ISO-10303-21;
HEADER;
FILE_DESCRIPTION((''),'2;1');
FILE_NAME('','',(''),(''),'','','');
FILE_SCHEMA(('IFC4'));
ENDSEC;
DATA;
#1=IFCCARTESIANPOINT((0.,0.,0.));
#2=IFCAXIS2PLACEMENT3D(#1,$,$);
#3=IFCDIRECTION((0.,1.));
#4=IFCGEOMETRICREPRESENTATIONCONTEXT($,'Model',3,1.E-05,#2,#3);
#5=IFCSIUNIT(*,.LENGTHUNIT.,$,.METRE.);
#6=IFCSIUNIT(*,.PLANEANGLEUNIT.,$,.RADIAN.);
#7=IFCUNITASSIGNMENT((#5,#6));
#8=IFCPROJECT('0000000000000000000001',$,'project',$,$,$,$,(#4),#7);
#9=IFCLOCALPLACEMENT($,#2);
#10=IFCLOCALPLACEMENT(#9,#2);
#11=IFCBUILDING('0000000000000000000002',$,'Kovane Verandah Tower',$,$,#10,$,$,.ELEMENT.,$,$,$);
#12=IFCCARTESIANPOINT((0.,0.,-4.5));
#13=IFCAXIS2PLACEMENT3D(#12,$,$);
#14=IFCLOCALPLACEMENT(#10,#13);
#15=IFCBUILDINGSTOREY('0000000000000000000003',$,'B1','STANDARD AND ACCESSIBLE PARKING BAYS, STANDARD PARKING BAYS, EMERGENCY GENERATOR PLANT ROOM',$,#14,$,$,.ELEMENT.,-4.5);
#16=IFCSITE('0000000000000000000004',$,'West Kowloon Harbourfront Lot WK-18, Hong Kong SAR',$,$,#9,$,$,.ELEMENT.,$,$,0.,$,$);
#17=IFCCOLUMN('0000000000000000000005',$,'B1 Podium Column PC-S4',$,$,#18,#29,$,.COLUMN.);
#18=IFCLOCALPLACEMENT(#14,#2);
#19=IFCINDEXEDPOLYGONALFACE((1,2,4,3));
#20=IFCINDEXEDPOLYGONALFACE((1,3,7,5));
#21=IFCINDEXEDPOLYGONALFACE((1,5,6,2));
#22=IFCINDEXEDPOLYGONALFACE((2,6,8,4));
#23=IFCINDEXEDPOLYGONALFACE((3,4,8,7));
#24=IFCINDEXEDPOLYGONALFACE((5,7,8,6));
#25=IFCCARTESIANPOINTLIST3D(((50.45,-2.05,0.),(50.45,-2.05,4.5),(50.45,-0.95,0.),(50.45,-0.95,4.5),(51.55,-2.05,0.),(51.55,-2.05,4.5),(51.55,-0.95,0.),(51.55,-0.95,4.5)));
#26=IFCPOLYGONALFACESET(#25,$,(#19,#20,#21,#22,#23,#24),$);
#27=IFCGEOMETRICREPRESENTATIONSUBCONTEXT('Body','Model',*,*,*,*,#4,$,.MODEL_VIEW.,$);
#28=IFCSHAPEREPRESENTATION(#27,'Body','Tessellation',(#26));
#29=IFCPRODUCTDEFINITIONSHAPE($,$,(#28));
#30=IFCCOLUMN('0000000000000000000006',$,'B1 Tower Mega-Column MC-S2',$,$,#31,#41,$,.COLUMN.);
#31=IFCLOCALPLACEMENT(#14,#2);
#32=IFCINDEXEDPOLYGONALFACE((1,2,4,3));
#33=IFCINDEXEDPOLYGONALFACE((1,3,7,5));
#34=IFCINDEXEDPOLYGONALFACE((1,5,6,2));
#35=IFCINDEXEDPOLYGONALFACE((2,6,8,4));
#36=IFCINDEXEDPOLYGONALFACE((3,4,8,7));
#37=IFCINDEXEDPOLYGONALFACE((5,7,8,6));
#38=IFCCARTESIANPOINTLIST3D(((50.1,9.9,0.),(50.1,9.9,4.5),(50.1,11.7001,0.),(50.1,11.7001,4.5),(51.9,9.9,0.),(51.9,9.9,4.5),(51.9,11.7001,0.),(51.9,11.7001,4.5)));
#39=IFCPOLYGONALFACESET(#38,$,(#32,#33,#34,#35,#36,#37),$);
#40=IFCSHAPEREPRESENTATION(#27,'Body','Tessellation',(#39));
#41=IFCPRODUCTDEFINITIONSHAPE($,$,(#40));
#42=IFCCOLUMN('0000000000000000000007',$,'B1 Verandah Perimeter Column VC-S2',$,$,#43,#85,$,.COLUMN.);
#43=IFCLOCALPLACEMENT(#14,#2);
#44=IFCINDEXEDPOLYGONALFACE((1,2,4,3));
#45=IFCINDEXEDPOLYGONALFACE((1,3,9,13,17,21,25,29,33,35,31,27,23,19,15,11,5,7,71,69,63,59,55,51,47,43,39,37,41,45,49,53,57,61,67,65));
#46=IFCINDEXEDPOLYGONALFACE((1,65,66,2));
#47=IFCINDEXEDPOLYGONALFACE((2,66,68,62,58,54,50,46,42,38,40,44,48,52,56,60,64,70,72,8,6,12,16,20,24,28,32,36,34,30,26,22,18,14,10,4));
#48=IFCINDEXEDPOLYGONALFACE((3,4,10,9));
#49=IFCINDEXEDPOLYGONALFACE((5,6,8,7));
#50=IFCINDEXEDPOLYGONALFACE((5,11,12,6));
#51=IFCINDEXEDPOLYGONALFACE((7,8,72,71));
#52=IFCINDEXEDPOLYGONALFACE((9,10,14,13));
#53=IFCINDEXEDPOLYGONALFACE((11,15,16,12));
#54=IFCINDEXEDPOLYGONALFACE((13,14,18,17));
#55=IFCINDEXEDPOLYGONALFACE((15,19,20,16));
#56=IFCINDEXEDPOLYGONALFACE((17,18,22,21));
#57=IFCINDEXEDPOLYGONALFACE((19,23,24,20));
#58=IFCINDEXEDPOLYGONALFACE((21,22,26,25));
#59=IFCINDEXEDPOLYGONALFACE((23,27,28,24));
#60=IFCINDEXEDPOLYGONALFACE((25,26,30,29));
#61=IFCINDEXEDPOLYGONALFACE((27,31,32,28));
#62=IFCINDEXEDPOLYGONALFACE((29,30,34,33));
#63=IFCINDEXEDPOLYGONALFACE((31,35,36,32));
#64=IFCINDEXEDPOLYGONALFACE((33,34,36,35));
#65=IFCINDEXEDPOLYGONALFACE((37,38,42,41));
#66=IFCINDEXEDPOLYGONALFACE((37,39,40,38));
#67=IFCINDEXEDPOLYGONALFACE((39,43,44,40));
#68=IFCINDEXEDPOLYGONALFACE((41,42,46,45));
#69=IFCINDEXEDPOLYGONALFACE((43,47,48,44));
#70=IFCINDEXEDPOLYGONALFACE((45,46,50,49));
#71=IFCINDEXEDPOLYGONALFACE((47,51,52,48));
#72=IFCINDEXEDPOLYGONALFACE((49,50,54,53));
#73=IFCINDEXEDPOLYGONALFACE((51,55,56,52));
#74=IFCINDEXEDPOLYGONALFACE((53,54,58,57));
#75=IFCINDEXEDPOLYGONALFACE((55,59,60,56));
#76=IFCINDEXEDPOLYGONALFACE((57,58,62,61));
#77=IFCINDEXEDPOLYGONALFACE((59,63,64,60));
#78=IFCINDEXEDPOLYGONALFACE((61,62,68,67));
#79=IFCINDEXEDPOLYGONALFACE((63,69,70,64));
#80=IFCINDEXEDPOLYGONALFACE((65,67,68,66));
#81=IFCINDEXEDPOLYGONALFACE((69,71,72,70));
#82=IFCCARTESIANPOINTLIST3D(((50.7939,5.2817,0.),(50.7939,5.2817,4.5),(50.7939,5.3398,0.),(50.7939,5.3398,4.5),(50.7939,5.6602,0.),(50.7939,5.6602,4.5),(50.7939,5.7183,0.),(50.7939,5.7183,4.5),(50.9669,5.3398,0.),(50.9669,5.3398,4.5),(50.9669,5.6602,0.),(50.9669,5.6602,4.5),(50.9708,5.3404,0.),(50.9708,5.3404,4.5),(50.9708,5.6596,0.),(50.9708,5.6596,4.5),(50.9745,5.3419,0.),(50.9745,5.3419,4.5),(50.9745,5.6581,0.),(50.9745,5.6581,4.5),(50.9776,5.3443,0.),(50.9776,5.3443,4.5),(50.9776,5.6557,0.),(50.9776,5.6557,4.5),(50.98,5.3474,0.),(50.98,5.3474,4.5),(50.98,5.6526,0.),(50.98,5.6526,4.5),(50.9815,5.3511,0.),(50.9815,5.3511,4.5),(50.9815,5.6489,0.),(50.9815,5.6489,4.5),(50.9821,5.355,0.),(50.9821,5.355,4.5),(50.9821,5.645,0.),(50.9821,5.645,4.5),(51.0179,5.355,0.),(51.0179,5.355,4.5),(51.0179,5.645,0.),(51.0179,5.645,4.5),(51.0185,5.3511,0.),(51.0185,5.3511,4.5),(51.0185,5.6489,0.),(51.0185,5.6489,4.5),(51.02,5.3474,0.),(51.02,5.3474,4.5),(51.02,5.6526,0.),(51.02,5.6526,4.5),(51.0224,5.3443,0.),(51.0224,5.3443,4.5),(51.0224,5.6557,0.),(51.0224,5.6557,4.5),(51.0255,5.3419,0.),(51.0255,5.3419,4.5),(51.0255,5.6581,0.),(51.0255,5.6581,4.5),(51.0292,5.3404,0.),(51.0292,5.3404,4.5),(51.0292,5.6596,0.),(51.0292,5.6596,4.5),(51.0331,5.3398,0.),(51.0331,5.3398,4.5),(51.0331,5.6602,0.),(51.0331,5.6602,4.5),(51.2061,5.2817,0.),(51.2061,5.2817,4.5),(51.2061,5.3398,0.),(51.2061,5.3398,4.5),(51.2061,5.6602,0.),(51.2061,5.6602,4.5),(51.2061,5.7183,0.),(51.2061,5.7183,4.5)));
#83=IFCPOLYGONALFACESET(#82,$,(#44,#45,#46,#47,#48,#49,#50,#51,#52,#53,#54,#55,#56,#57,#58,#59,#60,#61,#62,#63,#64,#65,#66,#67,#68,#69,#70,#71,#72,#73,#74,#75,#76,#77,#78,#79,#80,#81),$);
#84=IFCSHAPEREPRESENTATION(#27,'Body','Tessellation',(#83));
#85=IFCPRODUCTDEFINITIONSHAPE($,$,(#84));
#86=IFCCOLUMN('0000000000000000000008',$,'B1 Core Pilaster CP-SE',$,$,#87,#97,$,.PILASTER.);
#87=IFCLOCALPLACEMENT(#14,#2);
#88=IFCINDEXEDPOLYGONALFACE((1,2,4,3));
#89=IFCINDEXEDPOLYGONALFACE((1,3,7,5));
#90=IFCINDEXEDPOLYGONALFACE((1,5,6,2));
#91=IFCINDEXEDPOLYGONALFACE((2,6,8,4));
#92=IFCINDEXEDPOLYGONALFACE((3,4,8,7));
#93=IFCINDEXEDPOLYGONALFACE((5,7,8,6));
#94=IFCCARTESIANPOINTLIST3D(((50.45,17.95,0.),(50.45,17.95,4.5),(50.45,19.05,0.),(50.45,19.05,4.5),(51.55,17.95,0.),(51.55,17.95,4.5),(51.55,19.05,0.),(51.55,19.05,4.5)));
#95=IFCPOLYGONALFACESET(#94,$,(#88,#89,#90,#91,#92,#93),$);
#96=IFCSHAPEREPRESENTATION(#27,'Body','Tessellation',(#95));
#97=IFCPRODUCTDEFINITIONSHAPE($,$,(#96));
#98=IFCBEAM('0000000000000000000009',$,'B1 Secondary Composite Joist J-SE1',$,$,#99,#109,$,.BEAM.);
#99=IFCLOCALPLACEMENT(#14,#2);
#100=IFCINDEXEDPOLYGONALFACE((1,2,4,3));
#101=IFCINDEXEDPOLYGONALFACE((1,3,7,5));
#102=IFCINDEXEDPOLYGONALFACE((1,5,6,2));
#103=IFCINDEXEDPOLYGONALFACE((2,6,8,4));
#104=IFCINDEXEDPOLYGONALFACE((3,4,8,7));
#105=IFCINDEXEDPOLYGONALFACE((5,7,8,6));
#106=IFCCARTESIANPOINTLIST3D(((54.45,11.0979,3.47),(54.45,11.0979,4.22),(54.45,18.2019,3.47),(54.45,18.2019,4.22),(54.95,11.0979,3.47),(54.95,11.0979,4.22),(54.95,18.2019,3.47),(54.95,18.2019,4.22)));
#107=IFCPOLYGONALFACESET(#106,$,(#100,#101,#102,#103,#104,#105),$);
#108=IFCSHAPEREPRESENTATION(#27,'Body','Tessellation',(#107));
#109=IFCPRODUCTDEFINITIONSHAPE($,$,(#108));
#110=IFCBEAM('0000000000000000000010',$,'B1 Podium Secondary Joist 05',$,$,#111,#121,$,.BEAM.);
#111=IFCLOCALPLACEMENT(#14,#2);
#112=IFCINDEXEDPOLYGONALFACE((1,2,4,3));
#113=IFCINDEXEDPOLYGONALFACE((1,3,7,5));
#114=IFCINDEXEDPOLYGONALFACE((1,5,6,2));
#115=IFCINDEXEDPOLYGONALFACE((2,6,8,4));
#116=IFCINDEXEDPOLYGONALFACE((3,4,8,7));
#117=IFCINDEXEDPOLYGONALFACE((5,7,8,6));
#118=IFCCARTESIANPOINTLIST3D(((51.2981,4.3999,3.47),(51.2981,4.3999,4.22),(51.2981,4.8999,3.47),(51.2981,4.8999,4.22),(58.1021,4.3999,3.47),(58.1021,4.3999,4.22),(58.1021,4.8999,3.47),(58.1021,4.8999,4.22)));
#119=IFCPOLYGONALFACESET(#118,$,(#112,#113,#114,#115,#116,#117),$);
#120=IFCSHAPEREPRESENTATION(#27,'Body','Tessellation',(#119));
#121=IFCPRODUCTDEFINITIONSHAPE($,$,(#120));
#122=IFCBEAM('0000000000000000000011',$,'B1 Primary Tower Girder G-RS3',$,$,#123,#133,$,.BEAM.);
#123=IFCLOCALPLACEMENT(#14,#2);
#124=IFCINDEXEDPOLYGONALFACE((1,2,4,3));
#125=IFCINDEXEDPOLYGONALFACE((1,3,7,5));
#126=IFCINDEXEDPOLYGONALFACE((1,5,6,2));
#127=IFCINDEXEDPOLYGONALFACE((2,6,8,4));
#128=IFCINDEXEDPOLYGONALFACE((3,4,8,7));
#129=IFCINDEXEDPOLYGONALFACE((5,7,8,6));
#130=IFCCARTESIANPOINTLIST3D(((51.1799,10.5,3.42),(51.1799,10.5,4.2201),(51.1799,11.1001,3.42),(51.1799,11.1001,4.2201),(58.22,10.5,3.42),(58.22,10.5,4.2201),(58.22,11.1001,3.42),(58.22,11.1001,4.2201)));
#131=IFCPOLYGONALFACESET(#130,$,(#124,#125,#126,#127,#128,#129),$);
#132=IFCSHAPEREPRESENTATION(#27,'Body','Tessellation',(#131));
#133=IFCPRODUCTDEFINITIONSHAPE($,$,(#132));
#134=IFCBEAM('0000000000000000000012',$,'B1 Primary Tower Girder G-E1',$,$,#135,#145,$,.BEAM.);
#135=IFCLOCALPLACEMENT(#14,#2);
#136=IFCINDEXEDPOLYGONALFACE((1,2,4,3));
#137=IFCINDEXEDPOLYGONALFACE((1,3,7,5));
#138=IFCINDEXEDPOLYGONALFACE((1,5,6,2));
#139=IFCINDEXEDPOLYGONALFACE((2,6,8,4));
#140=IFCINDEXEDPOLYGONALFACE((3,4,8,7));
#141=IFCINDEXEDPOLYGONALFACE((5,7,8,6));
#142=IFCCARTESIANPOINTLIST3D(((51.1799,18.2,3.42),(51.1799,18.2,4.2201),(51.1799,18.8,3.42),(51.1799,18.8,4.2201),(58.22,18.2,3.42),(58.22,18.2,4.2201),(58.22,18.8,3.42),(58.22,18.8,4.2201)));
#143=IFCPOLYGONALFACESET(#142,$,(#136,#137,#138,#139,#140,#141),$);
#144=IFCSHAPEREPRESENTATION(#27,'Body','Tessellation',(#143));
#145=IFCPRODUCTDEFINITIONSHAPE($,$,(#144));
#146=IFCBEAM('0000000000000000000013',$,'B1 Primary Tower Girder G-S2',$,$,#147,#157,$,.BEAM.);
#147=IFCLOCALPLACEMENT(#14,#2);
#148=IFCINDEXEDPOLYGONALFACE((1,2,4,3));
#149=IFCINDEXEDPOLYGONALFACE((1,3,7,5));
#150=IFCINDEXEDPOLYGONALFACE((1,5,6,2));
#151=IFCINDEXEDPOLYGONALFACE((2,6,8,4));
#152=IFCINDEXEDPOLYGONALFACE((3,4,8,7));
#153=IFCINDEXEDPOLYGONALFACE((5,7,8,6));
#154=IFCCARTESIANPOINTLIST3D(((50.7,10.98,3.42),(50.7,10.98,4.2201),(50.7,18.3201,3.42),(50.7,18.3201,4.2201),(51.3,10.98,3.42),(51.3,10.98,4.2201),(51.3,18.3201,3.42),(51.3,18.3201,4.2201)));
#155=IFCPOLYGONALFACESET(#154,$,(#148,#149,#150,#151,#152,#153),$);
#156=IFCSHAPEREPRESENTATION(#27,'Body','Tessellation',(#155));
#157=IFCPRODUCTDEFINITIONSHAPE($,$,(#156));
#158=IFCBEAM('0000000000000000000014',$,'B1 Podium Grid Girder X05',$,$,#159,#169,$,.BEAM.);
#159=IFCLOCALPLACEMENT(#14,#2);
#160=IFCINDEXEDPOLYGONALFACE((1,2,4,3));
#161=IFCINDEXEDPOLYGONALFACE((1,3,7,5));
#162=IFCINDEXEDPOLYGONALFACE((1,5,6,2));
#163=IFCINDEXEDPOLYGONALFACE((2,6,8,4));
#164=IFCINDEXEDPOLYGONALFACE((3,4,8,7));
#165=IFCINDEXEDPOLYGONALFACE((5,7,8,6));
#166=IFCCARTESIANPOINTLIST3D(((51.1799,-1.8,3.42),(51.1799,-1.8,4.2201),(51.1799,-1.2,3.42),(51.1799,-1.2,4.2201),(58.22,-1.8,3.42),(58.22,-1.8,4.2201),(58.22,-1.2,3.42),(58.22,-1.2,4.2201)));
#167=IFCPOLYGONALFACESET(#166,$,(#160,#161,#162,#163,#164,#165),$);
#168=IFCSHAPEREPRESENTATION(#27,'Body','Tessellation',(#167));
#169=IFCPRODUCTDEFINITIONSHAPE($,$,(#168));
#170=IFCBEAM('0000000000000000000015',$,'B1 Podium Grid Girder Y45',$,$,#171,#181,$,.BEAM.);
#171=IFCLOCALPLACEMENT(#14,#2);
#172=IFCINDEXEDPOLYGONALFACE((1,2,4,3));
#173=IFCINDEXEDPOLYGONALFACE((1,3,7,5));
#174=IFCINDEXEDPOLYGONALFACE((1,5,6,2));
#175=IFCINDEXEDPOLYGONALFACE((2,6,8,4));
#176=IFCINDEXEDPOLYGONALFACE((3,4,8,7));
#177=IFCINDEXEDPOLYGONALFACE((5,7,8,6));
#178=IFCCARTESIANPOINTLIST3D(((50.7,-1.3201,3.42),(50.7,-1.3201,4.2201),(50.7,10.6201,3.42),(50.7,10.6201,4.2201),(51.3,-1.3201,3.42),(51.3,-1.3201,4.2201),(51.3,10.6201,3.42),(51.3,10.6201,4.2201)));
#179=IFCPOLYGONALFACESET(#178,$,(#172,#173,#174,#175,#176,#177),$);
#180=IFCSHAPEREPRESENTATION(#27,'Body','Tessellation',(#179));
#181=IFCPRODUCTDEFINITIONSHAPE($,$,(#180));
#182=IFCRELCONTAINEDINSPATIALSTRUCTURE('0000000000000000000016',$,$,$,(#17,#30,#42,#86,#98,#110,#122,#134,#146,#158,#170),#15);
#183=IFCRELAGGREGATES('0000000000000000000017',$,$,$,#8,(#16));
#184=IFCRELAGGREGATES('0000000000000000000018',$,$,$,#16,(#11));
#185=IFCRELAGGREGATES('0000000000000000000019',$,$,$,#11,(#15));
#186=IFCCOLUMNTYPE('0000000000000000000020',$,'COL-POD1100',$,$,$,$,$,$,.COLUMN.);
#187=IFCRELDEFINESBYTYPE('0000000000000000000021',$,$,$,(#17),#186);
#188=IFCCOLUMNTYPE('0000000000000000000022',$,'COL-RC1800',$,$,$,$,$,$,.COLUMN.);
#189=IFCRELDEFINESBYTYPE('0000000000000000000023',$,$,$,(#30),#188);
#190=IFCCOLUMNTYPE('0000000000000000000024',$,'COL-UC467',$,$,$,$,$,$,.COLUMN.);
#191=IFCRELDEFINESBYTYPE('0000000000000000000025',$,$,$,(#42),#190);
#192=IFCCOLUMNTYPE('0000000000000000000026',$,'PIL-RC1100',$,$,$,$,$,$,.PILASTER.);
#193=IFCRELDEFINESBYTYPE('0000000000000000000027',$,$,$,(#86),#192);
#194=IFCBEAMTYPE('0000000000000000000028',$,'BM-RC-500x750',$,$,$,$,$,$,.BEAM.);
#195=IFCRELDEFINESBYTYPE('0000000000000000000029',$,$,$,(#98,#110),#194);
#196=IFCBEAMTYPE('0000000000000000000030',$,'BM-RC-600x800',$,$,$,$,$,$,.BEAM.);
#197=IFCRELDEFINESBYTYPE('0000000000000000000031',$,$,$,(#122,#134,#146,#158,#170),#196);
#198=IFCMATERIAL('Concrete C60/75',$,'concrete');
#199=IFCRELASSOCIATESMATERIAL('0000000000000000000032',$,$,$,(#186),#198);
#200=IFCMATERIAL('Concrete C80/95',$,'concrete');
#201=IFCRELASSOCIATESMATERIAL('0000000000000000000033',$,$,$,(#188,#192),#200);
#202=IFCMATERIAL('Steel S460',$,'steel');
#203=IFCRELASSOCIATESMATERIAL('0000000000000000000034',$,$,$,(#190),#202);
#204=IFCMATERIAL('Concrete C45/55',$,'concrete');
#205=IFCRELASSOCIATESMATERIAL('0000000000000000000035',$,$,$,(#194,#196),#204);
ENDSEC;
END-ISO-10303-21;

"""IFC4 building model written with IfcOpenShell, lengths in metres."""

from ifc_helpers import new_model, si_unit, direction, frame, origin, origin_2d, place, context, subcontext, project, spatial, rectangle, i_section, extrude, material, material_profile, profile_set, type_object, element, save


model = new_model("IFC4")

# Units and contexts
model_context = context("Model", 3, precision=1e-05, world=origin(), true_north=direction((0.0, 1.0)))
body_context = subcontext(model_context, "Body", "Model", "MODEL_VIEW")
ifc_project = project(units=[si_unit("LENGTHUNIT", "METRE"), si_unit("PLANEANGLEUNIT", "RADIAN")], contexts=[model_context])

# Site, building, storey
site_placement = place(None, origin())
site = spatial("IfcSite", under=ifc_project, at=site_placement, Name="West Kowloon Harbourfront Lot WK-18, Hong Kong SAR", CompositionType="ELEMENT", RefElevation=0.0)
building_placement = place(site_placement, origin())
building = spatial("IfcBuilding", under=site, at=building_placement, Name="Kovane Verandah Tower", CompositionType="ELEMENT")
storey_placement = place(building_placement, frame((0.0, 0.0, -4.5)))
storey = spatial("IfcBuildingStorey", under=building, at=storey_placement, Name="B1", Description="STANDARD AND ACCESSIBLE PARKING BAYS, STANDARD PARKING BAYS, EMERGENCY GENERATOR PLANT ROOM", CompositionType="ELEMENT", Elevation=-4.5)

# Columns
ifc_material_1 = material(Name="Concrete C60/75", Category="concrete")
ifc_material_profile_1 = material_profile(ifc_material_1, rectangle(XDim=1.1001, YDim=1.1001, at=origin_2d()), Name="RC1100x1100")
ifc_profile_set_1 = profile_set([ifc_material_profile_1], Name="Concrete C60/75")
column_type_1 = type_object("IfcColumnType", Name="COL-POD1100", PredefinedType="COLUMN", material=ifc_profile_set_1)
column_1_placement = place(storey_placement, frame((51.0, -1.5, 0.0), z_axis=(0.0, 0.0, 1.0), x_axis=(1.0, 0.0, 0.0)))
element("IfcColumn", 1, at=column_1_placement, inside=storey, type_object=column_type_1, Name="B1 Podium Column PC-S4", PredefinedType="COLUMN", context=body_context, shape_type="SweptSolid", body=[
    extrude(rectangle(XDim=1.1001, YDim=1.1001, at=origin_2d()), origin(), (0.0, 0.0, 1.0), 4.5),
])
ifc_material_2 = material(Name="Concrete C80/95", Category="concrete")
ifc_material_profile_2 = material_profile(ifc_material_2, rectangle(XDim=1.8, YDim=1.8, at=origin_2d()), Name="RC1800x1800")
ifc_profile_set_2 = profile_set([ifc_material_profile_2], Name="Concrete C80/95")
column_type_2 = type_object("IfcColumnType", Name="COL-RC1800", PredefinedType="COLUMN", material=ifc_profile_set_2)
column_2_placement = place(storey_placement, frame((51.0, 10.8, 0.0), z_axis=(0.0, 0.0, 1.0), x_axis=(1.0, 0.0, 0.0)))
element("IfcColumn", 2, at=column_2_placement, inside=storey, type_object=column_type_2, Name="B1 Tower Mega-Column MC-S2", PredefinedType="COLUMN", context=body_context, shape_type="SweptSolid", body=[
    extrude(rectangle(XDim=1.8, YDim=1.8, at=origin_2d()), origin(), (0.0, 0.0, 1.0), 4.5),
])
ifc_material_3 = material(Name="Steel S460", Category="steel")
ifc_material_profile_3 = material_profile(ifc_material_3, i_section(OverallWidth=0.4121, OverallDepth=0.4365, WebThickness=0.0359, FlangeThickness=0.0581, FilletRadius=0.0151, at=origin_2d()), Name="UC356x406x467")
ifc_profile_set_3 = profile_set([ifc_material_profile_3], Name="Steel S460")
column_type_3 = type_object("IfcColumnType", Name="COL-UC467", PredefinedType="COLUMN", material=ifc_profile_set_3)
column_3_placement = place(storey_placement, frame((51.0, 5.5, 0.0), z_axis=(0.0, 0.0, 1.0), x_axis=(1.0, 0.0, 0.0)))
element("IfcColumn", 3, at=column_3_placement, inside=storey, type_object=column_type_3, Name="B1 Verandah Perimeter Column VC-S2", PredefinedType="COLUMN", context=body_context, shape_type="SweptSolid", body=[
    extrude(i_section(OverallWidth=0.4121, OverallDepth=0.4365, WebThickness=0.0359, FlangeThickness=0.0581, FilletRadius=0.0151, at=origin_2d()), origin(), (0.0, 0.0, 1.0), 4.5),
])
ifc_material_profile_4 = material_profile(ifc_material_2, rectangle(XDim=1.1001, YDim=1.1001, at=origin_2d()), Name="RC1100x1100")
ifc_profile_set_4 = profile_set([ifc_material_profile_4], Name="Concrete C80/95")
column_type_4 = type_object("IfcColumnType", Name="PIL-RC1100", PredefinedType="PILASTER", material=ifc_profile_set_4)
column_4_placement = place(storey_placement, frame((51.0, 18.5, 0.0), z_axis=(0.0, 0.0, 1.0), x_axis=(1.0, 0.0, 0.0)))
element("IfcColumn", 4, at=column_4_placement, inside=storey, type_object=column_type_4, Name="B1 Core Pilaster CP-SE", PredefinedType="PILASTER", context=body_context, shape_type="SweptSolid", body=[
    extrude(rectangle(XDim=1.1001, YDim=1.1001, at=origin_2d()), origin(), (0.0, 0.0, 1.0), 4.5),
])

# Beams
ifc_material_4 = material(Name="Concrete C45/55", Category="concrete")
ifc_material_profile_5 = material_profile(ifc_material_4, rectangle(XDim=0.5, YDim=0.75, at=origin_2d()), Name="RCB500x750")
ifc_profile_set_5 = profile_set([ifc_material_profile_5], Name="Concrete C45/55")
beam_type_1 = type_object("IfcBeamType", Name="BM-RC-500x750", PredefinedType="BEAM", material=ifc_profile_set_5)
beam_1_placement = place(storey_placement, frame((54.7, 11.0979, 3.845), z_axis=(0.0, 1.0, 0.0), x_axis=(-1.0, 0.0, 0.0)))
element("IfcBeam", 5, at=beam_1_placement, inside=storey, type_object=beam_type_1, Name="B1 Secondary Composite Joist J-SE1", PredefinedType="BEAM", context=body_context, shape_type="SweptSolid", body=[
    extrude(rectangle(XDim=0.5, YDim=0.75, at=origin_2d()), origin(), (0.0, 0.0, 1.0), 7.104),
])
beam_2_placement = place(storey_placement, frame((51.2981, 4.6499, 3.845), z_axis=(1.0, 0.0, 0.0), x_axis=(0.0, 1.0, 0.0)))
element("IfcBeam", 6, at=beam_2_placement, inside=storey, type_object=beam_type_1, Name="B1 Podium Secondary Joist 05", PredefinedType="BEAM", context=body_context, shape_type="SweptSolid", body=[
    extrude(rectangle(XDim=0.5, YDim=0.75, at=origin_2d()), origin(), (0.0, 0.0, 1.0), 6.804),
])
ifc_material_profile_6 = material_profile(ifc_material_4, rectangle(XDim=0.6001, YDim=0.8, at=origin_2d()), Name="RCB600x800")
ifc_profile_set_6 = profile_set([ifc_material_profile_6], Name="Concrete C45/55")
beam_type_2 = type_object("IfcBeamType", Name="BM-RC-600x800", PredefinedType="BEAM", material=ifc_profile_set_6)
for number, where, z_axis, x_axis, name in (
    (7, (51.1799, 10.8, 3.8201), (1.0, 0.0, 0.0), (0.0, 1.0, 0.0), "B1 Primary Tower Girder G-RS3"),
    (8, (51.1799, 18.5, 3.8201), (1.0, 0.0, 0.0), (0.0, 1.0, 0.0), "B1 Primary Tower Girder G-E1"),
):
    element("IfcBeam", number, at=place(storey_placement, frame(where, z_axis=z_axis, x_axis=x_axis)), inside=storey, type_object=beam_type_2, Name=name, PredefinedType="BEAM", context=body_context, shape_type="SweptSolid", body=[
        extrude(rectangle(XDim=0.6001, YDim=0.8, at=origin_2d()), origin(), (0.0, 0.0, 1.0), 7.04),
    ])
beam_3_placement = place(storey_placement, frame((51.0, 18.3201, 3.8201), z_axis=(0.0, -1.0, 0.0), x_axis=(1.0, 0.0, 0.0)))
element("IfcBeam", 9, at=beam_3_placement, inside=storey, type_object=beam_type_2, Name="B1 Primary Tower Girder G-S2", PredefinedType="BEAM", context=body_context, shape_type="SweptSolid", body=[
    extrude(rectangle(XDim=0.6001, YDim=0.8, at=origin_2d()), origin(), (0.0, 0.0, 1.0), 7.3401),
])
beam_4_placement = place(storey_placement, frame((51.1799, -1.5, 3.8201), z_axis=(1.0, 0.0, 0.0), x_axis=(0.0, 1.0, 0.0)))
element("IfcBeam", 10, at=beam_4_placement, inside=storey, type_object=beam_type_2, Name="B1 Podium Grid Girder X05", PredefinedType="BEAM", context=body_context, shape_type="SweptSolid", body=[
    extrude(rectangle(XDim=0.6001, YDim=0.8, at=origin_2d()), origin(), (0.0, 0.0, 1.0), 7.04),
])
beam_5_placement = place(storey_placement, frame((51.0, -1.3201, 3.8201), z_axis=(0.0, 1.0, 0.0), x_axis=(-1.0, 0.0, 0.0)))
element("IfcBeam", 11, at=beam_5_placement, inside=storey, type_object=beam_type_2, Name="B1 Podium Grid Girder Y45", PredefinedType="BEAM", context=body_context, shape_type="SweptSolid", body=[
    extrude(rectangle(XDim=0.6001, YDim=0.8, at=origin_2d()), origin(), (0.0, 0.0, 1.0), 11.9402),
])

save(model, "model.ifc")
